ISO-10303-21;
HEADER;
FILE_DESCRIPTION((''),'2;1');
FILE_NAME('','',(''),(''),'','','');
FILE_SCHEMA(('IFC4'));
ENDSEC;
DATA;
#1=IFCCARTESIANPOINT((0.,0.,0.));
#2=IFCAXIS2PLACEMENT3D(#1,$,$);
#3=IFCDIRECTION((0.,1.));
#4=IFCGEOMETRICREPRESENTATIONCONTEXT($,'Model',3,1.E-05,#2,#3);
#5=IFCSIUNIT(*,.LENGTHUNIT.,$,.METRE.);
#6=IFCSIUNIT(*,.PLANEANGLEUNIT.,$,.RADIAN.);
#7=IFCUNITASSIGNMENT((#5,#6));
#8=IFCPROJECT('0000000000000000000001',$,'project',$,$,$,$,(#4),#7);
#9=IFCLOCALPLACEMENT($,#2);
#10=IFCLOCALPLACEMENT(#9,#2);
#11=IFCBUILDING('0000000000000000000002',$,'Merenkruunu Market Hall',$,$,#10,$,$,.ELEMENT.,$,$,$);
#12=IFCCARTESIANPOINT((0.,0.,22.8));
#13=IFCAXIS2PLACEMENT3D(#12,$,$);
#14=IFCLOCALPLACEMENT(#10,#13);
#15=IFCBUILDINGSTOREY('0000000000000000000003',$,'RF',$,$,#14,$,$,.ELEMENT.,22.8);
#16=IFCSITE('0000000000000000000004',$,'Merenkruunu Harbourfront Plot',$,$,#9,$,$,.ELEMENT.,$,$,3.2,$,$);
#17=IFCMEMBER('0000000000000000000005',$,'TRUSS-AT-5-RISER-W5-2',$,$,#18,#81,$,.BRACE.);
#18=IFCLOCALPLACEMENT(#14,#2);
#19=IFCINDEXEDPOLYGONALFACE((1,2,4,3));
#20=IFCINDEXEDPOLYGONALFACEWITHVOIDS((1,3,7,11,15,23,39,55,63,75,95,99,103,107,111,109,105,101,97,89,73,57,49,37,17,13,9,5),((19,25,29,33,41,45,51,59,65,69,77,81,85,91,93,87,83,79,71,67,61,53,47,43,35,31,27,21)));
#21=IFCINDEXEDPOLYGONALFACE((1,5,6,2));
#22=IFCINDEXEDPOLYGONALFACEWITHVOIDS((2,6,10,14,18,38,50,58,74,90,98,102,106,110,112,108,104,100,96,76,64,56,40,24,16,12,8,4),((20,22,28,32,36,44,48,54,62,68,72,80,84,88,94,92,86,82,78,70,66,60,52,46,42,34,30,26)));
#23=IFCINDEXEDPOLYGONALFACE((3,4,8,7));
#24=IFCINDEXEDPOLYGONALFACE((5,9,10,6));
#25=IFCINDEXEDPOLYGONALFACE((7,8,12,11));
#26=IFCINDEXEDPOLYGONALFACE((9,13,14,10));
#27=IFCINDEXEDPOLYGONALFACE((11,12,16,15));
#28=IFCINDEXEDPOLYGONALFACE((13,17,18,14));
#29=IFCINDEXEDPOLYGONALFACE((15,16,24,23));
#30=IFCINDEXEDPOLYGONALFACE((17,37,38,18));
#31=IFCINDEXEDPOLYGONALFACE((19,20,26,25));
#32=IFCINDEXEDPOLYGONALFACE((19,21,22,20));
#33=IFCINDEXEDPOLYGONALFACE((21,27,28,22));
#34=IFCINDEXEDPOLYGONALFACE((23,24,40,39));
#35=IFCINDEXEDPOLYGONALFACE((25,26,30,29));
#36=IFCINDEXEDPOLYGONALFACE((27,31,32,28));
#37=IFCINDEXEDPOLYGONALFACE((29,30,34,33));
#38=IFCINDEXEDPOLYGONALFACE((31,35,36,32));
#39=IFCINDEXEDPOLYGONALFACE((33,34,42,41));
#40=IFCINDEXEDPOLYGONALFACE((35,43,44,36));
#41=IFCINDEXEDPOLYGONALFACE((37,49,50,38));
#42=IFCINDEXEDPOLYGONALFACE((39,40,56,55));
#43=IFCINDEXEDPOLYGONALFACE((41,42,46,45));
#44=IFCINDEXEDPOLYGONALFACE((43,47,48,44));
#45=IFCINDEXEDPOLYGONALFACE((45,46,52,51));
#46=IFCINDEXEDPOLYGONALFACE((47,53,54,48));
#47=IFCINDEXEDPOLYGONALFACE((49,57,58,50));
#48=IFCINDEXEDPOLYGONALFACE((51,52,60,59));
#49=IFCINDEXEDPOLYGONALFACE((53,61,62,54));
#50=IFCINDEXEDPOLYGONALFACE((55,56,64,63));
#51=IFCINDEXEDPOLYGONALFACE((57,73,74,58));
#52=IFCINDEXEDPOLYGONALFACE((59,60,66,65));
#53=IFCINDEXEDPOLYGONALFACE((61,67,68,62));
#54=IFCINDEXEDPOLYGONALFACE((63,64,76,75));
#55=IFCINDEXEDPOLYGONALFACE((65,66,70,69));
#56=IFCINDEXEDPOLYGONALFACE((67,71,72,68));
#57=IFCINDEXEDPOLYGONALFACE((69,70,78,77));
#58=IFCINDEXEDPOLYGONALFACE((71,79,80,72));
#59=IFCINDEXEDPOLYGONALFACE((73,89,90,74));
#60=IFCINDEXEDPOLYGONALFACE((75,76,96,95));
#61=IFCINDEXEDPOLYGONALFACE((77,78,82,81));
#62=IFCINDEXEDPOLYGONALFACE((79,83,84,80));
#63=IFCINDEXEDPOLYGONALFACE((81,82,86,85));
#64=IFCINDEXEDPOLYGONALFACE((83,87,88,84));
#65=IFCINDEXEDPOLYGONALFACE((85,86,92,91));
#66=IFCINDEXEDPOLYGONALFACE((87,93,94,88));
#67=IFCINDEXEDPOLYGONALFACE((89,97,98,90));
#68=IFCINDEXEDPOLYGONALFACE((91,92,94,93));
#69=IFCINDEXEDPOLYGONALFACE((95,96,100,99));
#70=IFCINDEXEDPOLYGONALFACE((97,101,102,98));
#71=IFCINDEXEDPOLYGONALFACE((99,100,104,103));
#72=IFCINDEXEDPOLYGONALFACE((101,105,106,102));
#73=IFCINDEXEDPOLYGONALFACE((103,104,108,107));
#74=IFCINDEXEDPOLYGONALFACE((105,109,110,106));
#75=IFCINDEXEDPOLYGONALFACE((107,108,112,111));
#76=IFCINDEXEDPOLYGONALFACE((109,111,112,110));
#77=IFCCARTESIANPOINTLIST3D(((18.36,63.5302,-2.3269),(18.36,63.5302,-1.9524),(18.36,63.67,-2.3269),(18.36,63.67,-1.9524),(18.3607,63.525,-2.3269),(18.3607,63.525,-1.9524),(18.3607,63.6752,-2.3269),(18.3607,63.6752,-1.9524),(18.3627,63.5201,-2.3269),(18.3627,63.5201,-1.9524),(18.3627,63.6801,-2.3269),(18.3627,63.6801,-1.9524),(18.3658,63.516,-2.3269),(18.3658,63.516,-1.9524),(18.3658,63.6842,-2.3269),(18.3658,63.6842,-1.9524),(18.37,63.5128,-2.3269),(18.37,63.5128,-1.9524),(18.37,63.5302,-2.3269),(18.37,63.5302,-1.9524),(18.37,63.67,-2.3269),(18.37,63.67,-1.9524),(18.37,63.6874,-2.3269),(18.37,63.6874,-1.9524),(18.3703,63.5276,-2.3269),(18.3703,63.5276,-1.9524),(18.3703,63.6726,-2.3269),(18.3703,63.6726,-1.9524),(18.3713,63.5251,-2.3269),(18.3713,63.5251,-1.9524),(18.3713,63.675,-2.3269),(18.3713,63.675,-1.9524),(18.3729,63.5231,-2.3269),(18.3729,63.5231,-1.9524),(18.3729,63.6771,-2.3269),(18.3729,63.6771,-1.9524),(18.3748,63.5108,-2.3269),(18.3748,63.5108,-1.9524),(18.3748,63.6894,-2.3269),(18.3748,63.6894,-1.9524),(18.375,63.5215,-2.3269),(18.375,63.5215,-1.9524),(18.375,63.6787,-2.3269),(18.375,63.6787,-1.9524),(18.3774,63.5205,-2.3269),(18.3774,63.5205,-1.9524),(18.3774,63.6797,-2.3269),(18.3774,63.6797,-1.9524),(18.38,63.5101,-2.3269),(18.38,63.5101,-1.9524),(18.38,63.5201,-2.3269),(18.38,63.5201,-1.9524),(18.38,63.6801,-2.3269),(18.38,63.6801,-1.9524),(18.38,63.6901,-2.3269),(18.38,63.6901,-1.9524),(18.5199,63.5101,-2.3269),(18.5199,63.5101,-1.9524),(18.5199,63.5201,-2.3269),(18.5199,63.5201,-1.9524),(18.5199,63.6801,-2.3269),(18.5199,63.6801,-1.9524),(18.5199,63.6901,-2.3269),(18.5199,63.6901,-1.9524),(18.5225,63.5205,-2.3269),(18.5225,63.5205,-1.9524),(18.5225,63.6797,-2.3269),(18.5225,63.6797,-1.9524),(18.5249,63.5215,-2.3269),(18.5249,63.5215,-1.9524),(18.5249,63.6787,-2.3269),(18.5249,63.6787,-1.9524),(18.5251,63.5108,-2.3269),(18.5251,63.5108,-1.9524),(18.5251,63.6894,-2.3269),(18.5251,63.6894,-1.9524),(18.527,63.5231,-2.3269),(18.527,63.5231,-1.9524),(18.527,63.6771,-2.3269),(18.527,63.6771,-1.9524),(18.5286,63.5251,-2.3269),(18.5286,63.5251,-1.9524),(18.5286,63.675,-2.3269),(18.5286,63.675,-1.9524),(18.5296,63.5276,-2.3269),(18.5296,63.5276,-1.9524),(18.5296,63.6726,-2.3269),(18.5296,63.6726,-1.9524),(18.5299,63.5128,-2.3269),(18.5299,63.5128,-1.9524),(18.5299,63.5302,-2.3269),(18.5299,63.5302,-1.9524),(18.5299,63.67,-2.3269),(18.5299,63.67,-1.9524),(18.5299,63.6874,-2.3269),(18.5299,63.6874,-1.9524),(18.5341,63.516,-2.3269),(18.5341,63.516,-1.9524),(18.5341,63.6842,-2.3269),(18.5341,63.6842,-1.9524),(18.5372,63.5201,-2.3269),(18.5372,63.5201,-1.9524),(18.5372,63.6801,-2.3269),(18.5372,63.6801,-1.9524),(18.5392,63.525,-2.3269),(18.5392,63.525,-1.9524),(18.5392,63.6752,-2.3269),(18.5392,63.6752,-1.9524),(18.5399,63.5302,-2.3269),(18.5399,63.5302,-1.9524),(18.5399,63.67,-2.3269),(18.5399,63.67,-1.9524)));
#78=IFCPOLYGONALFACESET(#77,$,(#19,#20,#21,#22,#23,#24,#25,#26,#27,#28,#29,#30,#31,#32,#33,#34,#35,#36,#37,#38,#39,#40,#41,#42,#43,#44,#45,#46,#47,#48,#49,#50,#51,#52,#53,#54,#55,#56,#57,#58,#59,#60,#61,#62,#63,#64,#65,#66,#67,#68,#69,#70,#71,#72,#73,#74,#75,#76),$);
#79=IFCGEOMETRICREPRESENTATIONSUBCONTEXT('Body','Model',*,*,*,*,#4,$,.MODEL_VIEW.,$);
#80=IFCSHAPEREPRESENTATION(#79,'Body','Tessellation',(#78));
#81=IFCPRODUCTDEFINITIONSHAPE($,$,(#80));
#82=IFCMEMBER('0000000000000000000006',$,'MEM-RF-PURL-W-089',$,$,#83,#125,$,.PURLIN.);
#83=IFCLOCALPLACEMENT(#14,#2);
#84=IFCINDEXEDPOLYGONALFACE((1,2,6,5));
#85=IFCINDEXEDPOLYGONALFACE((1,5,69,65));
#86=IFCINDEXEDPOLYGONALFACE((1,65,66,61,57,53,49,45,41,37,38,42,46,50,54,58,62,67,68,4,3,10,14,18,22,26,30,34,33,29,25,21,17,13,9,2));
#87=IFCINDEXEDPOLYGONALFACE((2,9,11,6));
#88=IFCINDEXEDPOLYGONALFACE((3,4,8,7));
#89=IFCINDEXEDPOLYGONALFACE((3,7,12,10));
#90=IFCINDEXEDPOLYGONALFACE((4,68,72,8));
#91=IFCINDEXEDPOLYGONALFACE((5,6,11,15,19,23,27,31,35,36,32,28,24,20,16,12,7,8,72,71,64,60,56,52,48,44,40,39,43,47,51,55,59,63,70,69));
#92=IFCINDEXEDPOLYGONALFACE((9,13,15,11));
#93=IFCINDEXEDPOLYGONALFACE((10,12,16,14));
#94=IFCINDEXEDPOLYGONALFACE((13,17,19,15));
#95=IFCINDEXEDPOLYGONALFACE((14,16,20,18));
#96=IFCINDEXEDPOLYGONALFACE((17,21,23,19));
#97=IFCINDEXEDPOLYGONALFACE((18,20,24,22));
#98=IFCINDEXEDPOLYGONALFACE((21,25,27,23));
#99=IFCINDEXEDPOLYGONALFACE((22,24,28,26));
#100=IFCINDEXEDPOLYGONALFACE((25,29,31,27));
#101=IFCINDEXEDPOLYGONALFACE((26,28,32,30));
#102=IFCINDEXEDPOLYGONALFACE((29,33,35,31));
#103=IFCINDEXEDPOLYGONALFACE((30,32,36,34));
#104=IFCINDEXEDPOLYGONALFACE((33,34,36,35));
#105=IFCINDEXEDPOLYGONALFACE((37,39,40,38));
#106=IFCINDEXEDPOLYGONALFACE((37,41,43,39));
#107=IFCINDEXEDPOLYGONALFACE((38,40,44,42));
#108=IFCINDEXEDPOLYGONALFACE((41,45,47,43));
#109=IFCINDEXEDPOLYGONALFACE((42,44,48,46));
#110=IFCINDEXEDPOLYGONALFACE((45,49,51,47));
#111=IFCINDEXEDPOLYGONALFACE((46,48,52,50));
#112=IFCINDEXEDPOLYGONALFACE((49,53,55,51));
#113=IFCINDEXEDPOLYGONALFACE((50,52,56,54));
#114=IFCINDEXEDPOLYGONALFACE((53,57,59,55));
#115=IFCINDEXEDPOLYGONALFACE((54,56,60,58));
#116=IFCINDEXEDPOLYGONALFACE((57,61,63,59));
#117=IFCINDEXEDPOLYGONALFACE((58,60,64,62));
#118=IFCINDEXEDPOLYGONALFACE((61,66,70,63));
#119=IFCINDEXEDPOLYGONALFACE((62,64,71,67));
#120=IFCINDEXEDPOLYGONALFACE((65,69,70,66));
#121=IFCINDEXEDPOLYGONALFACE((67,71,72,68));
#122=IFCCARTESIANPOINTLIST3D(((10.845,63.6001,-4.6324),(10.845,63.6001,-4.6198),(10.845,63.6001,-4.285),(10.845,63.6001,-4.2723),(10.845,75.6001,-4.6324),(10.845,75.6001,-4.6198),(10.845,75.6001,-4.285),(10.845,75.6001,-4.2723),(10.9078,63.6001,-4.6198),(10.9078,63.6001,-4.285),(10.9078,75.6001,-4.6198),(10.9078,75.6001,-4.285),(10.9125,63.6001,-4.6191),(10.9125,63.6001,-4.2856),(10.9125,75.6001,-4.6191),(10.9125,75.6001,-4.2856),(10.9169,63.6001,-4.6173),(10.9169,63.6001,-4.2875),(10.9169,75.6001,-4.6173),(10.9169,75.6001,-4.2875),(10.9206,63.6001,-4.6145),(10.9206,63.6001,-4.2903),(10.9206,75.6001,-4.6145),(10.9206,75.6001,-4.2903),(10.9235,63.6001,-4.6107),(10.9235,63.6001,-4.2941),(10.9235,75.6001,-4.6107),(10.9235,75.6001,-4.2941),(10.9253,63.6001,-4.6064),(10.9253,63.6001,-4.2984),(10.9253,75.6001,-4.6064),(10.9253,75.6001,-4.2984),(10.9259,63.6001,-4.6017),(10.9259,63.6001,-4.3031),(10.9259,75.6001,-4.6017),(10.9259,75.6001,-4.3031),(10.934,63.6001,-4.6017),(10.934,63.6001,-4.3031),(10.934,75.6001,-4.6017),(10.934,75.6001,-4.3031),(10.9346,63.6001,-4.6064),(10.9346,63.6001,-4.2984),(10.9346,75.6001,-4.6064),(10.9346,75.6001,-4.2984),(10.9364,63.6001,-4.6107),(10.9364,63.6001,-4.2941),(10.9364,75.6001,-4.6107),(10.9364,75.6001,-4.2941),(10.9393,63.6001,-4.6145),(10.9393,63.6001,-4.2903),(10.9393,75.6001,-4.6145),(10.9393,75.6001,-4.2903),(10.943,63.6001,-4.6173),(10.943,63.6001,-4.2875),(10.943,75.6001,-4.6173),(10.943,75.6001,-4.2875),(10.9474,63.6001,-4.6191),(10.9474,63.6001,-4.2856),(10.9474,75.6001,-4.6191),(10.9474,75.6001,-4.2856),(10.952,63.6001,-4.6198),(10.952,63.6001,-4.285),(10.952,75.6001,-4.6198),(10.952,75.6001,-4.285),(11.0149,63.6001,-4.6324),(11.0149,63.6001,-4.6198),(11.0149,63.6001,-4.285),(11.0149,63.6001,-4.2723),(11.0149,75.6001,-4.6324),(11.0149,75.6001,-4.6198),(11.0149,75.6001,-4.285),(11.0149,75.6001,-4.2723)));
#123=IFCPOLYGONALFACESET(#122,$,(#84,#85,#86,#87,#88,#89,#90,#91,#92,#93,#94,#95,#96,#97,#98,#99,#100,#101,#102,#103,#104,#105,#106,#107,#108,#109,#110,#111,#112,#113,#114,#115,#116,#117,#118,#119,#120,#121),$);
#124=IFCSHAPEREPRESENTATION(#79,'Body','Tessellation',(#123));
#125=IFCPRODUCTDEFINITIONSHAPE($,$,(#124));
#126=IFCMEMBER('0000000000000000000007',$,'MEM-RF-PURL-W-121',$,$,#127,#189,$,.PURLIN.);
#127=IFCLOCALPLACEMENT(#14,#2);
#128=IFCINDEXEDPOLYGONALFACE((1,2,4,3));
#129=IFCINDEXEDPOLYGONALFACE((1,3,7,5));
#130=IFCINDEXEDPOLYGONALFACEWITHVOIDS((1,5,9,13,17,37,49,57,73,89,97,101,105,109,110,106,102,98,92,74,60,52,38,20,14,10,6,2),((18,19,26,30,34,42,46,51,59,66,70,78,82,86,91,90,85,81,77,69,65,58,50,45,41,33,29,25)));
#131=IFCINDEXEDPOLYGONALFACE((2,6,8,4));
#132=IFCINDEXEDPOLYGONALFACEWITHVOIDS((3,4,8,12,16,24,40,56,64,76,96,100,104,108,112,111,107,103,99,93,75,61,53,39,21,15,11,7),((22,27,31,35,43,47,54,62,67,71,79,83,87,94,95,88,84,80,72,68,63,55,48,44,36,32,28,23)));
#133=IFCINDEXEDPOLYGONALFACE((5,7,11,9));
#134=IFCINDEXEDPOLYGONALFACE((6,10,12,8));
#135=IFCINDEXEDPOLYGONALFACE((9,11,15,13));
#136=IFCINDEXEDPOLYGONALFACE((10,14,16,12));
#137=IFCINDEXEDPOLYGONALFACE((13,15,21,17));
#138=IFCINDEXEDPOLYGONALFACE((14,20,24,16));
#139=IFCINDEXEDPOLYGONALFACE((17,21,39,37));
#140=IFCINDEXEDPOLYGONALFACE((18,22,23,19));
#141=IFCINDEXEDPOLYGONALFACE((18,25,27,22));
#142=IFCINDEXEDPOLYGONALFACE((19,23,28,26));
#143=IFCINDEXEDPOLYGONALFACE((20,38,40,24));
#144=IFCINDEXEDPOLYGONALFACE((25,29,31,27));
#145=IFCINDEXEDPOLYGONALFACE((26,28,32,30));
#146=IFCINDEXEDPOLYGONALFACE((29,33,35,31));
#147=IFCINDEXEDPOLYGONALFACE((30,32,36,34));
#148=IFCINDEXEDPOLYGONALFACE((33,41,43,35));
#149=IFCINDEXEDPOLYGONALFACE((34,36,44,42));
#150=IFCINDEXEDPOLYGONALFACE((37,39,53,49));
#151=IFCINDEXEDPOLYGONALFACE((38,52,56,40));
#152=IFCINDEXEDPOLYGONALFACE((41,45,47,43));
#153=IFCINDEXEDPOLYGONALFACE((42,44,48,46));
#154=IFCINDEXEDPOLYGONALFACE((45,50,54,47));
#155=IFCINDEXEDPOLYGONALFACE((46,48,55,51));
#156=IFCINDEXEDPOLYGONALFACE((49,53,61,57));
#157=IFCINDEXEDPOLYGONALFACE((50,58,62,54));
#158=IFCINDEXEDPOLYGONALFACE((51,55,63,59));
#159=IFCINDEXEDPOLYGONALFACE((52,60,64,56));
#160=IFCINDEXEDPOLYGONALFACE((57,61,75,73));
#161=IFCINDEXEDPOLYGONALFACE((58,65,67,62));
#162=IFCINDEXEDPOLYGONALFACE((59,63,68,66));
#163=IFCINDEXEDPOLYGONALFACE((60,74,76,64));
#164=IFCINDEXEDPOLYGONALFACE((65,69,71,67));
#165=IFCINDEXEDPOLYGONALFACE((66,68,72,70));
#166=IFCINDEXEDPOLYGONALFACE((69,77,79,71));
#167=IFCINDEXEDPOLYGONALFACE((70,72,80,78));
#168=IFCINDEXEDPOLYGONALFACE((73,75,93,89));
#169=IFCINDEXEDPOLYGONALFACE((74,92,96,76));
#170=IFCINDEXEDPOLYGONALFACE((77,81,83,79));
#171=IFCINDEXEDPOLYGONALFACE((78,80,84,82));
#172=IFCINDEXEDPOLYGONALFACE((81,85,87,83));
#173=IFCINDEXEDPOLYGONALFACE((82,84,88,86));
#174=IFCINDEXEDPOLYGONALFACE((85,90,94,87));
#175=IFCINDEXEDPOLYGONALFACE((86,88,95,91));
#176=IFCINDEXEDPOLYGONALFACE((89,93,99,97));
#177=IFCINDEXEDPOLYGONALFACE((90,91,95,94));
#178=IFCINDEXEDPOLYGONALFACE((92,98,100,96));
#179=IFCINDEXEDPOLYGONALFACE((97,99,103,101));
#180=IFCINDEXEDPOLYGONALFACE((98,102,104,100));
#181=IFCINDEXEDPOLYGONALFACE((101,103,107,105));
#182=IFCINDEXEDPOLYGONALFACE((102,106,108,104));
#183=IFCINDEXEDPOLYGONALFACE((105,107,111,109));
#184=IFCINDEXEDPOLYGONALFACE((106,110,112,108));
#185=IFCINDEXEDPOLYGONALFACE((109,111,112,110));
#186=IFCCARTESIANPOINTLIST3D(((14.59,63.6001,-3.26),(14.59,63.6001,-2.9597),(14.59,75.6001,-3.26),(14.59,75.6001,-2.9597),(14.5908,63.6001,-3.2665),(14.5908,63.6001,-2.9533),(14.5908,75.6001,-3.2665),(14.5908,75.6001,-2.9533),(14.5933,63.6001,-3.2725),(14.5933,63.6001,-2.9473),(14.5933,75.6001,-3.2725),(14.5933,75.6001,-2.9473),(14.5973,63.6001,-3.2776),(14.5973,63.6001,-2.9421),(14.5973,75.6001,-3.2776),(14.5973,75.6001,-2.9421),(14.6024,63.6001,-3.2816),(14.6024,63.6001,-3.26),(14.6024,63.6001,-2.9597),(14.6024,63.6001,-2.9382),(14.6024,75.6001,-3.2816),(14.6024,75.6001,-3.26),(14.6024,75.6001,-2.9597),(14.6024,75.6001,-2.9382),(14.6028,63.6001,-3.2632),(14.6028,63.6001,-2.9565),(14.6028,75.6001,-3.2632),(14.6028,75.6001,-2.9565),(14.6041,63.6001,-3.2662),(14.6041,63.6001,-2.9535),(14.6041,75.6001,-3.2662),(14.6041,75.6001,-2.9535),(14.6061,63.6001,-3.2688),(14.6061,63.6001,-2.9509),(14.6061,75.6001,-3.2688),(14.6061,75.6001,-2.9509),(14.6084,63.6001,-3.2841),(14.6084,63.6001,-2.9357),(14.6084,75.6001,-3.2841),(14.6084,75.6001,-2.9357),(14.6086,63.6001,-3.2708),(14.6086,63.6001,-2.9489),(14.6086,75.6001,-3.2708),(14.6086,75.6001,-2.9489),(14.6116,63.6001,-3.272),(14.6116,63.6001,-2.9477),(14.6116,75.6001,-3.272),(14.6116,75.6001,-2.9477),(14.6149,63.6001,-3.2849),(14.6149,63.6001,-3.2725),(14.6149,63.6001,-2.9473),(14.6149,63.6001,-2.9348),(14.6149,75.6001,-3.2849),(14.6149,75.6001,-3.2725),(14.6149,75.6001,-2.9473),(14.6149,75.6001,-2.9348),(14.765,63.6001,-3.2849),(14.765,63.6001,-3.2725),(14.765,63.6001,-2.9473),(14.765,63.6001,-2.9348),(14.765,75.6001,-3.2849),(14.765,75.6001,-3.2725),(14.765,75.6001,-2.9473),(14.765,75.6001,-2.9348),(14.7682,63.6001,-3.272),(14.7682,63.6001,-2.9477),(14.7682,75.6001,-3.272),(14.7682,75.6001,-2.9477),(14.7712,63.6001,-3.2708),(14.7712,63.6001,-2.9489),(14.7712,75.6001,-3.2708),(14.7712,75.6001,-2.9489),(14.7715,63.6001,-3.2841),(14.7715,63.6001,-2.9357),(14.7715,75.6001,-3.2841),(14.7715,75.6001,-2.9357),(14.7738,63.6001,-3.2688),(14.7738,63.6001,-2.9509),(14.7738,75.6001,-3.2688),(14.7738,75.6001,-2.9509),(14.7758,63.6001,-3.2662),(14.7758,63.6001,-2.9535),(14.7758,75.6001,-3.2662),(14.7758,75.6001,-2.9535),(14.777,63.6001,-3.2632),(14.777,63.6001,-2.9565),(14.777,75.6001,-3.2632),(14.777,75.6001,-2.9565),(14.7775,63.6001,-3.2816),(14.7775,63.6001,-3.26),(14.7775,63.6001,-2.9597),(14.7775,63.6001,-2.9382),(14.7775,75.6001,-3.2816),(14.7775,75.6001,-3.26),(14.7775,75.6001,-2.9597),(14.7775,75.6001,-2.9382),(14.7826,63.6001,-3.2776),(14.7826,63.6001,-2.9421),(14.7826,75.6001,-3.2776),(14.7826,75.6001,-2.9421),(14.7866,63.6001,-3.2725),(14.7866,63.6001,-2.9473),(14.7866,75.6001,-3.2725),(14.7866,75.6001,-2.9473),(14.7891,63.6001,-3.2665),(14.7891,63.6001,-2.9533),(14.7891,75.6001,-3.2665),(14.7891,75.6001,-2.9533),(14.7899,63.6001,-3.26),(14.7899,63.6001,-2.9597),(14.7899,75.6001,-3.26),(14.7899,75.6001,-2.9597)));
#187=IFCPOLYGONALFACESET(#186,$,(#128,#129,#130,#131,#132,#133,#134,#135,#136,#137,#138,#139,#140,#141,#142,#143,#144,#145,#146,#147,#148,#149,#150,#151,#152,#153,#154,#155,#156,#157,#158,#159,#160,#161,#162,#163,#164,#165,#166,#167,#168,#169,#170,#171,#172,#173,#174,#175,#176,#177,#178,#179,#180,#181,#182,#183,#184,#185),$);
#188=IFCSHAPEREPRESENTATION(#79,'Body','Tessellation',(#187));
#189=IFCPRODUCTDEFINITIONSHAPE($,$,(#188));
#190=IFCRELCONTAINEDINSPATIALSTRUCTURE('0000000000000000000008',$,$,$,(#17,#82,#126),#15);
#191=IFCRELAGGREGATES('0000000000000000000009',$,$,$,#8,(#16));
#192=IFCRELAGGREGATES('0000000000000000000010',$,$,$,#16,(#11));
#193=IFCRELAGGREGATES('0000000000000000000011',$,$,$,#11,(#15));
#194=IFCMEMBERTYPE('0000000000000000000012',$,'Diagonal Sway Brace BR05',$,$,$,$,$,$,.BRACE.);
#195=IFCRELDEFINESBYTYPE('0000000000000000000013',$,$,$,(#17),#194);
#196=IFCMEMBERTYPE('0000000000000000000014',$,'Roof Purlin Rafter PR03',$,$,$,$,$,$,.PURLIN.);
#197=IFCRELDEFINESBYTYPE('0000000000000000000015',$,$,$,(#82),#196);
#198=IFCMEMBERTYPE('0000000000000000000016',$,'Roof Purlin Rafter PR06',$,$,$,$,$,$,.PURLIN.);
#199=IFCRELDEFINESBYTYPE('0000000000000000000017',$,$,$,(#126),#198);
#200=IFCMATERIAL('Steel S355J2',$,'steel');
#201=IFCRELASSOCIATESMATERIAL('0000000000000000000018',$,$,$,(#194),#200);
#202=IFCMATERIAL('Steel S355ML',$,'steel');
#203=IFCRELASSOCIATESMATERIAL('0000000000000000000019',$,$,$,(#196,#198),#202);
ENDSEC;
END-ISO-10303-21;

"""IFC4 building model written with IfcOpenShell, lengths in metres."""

from ifc_helpers import new_model, si_unit, direction, frame, origin, origin_2d, place, context, subcontext, project, spatial, hollow_rectangle, i_section, extrude, material, material_profile, profile_set, type_object, element, save


model = new_model("IFC4")

# Units and contexts
model_context = context("Model", 3, precision=1e-05, world=origin(), true_north=direction((0.0, 1.0)))
body_context = subcontext(model_context, "Body", "Model", "MODEL_VIEW")
ifc_project = project(units=[si_unit("LENGTHUNIT", "METRE"), si_unit("PLANEANGLEUNIT", "RADIAN")], contexts=[model_context])

# Site, building, storey
site_placement = place(None, origin())
site = spatial("IfcSite", under=ifc_project, at=site_placement, Name="Merenkruunu Harbourfront Plot", CompositionType="ELEMENT", RefElevation=3.2)
building_placement = place(site_placement, origin())
building = spatial("IfcBuilding", under=site, at=building_placement, Name="Merenkruunu Market Hall", CompositionType="ELEMENT")
storey_placement = place(building_placement, frame((0.0, 0.0, 22.8)))
storey = spatial("IfcBuildingStorey", under=building, at=storey_placement, Name="RF", CompositionType="ELEMENT", Elevation=22.8)

# Members
ifc_material_1 = material(Name="Steel S355ML", Category="steel")
ifc_material_2 = material(Name="Steel S355J2", Category="steel")
ifc_material_profile_1 = material_profile(ifc_material_2, hollow_rectangle(XDim=0.1799, YDim=0.1799, WallThickness=0.01, InnerFilletRadius=0.01, OuterFilletRadius=0.02, at=origin_2d()), Name="SHS 180x180x10")
ifc_profile_set_1 = profile_set([ifc_material_profile_1], Name="Steel S355J2")
member_type_1 = type_object("IfcMemberType", Name="Diagonal Sway Brace BR05", PredefinedType="BRACE", material=ifc_profile_set_1)
member_1_placement = place(storey_placement, frame((18.45, 63.6001, -2.3269), z_axis=(0.0, 0.0, 1.0), x_axis=(1.0, 0.0, 0.0)))
element("IfcMember", 1, at=member_1_placement, inside=storey, type_object=member_type_1, Name="TRUSS-AT-5-RISER-W5-2", PredefinedType="BRACE", context=body_context, shape_type="SweptSolid", body=[
    extrude(hollow_rectangle(XDim=0.1799, YDim=0.1799, WallThickness=0.01, InnerFilletRadius=0.01, OuterFilletRadius=0.02, at=origin_2d()), origin(), (0.0, 0.0, 1.0), 0.3745),
])
ifc_material_profile_2 = material_profile(ifc_material_1, i_section(OverallWidth=0.1699, OverallDepth=0.3601, WebThickness=0.0081, FlangeThickness=0.0127, FilletRadius=0.0181, at=origin_2d()), Name="IPE 360")
ifc_profile_set_2 = profile_set([ifc_material_profile_2], Name="Steel S355ML")
member_type_2 = type_object("IfcMemberType", Name="Roof Purlin Rafter PR03", PredefinedType="PURLIN", material=ifc_profile_set_2)
member_2_placement = place(storey_placement, frame((10.9299, 63.6001, -4.4524), z_axis=(0.0, 1.0, 0.0), x_axis=(-1.0, 0.0, 0.0)))
element("IfcMember", 2, at=member_2_placement, inside=storey, type_object=member_type_2, Name="MEM-RF-PURL-W-089", PredefinedType="PURLIN", context=body_context, shape_type="SweptSolid", body=[
    extrude(i_section(OverallWidth=0.1699, OverallDepth=0.3601, WebThickness=0.0081, FlangeThickness=0.0127, FilletRadius=0.0181, at=origin_2d()), origin(), (0.0, 0.0, 1.0), 12.0),
])
ifc_material_profile_3 = material_profile(ifc_material_1, hollow_rectangle(XDim=0.2, YDim=0.3501, WallThickness=0.0125, InnerFilletRadius=0.0125, OuterFilletRadius=0.0249, at=origin_2d()), Name="RHS 350x200x12.5")
ifc_profile_set_3 = profile_set([ifc_material_profile_3], Name="Steel S355ML")
member_type_3 = type_object("IfcMemberType", Name="Roof Purlin Rafter PR06", PredefinedType="PURLIN", material=ifc_profile_set_3)
member_3_placement = place(storey_placement, frame((14.6899, 63.6001, -3.1099), z_axis=(0.0, 1.0, 0.0), x_axis=(-1.0, 0.0, 0.0)))
element("IfcMember", 3, at=member_3_placement, inside=storey, type_object=member_type_3, Name="MEM-RF-PURL-W-121", PredefinedType="PURLIN", context=body_context, shape_type="SweptSolid", body=[
    extrude(hollow_rectangle(XDim=0.2, YDim=0.3501, WallThickness=0.0125, InnerFilletRadius=0.0125, OuterFilletRadius=0.0249, at=origin_2d()), origin(), (0.0, 0.0, 1.0), 12.0),
])

save(model, "model.ifc")
